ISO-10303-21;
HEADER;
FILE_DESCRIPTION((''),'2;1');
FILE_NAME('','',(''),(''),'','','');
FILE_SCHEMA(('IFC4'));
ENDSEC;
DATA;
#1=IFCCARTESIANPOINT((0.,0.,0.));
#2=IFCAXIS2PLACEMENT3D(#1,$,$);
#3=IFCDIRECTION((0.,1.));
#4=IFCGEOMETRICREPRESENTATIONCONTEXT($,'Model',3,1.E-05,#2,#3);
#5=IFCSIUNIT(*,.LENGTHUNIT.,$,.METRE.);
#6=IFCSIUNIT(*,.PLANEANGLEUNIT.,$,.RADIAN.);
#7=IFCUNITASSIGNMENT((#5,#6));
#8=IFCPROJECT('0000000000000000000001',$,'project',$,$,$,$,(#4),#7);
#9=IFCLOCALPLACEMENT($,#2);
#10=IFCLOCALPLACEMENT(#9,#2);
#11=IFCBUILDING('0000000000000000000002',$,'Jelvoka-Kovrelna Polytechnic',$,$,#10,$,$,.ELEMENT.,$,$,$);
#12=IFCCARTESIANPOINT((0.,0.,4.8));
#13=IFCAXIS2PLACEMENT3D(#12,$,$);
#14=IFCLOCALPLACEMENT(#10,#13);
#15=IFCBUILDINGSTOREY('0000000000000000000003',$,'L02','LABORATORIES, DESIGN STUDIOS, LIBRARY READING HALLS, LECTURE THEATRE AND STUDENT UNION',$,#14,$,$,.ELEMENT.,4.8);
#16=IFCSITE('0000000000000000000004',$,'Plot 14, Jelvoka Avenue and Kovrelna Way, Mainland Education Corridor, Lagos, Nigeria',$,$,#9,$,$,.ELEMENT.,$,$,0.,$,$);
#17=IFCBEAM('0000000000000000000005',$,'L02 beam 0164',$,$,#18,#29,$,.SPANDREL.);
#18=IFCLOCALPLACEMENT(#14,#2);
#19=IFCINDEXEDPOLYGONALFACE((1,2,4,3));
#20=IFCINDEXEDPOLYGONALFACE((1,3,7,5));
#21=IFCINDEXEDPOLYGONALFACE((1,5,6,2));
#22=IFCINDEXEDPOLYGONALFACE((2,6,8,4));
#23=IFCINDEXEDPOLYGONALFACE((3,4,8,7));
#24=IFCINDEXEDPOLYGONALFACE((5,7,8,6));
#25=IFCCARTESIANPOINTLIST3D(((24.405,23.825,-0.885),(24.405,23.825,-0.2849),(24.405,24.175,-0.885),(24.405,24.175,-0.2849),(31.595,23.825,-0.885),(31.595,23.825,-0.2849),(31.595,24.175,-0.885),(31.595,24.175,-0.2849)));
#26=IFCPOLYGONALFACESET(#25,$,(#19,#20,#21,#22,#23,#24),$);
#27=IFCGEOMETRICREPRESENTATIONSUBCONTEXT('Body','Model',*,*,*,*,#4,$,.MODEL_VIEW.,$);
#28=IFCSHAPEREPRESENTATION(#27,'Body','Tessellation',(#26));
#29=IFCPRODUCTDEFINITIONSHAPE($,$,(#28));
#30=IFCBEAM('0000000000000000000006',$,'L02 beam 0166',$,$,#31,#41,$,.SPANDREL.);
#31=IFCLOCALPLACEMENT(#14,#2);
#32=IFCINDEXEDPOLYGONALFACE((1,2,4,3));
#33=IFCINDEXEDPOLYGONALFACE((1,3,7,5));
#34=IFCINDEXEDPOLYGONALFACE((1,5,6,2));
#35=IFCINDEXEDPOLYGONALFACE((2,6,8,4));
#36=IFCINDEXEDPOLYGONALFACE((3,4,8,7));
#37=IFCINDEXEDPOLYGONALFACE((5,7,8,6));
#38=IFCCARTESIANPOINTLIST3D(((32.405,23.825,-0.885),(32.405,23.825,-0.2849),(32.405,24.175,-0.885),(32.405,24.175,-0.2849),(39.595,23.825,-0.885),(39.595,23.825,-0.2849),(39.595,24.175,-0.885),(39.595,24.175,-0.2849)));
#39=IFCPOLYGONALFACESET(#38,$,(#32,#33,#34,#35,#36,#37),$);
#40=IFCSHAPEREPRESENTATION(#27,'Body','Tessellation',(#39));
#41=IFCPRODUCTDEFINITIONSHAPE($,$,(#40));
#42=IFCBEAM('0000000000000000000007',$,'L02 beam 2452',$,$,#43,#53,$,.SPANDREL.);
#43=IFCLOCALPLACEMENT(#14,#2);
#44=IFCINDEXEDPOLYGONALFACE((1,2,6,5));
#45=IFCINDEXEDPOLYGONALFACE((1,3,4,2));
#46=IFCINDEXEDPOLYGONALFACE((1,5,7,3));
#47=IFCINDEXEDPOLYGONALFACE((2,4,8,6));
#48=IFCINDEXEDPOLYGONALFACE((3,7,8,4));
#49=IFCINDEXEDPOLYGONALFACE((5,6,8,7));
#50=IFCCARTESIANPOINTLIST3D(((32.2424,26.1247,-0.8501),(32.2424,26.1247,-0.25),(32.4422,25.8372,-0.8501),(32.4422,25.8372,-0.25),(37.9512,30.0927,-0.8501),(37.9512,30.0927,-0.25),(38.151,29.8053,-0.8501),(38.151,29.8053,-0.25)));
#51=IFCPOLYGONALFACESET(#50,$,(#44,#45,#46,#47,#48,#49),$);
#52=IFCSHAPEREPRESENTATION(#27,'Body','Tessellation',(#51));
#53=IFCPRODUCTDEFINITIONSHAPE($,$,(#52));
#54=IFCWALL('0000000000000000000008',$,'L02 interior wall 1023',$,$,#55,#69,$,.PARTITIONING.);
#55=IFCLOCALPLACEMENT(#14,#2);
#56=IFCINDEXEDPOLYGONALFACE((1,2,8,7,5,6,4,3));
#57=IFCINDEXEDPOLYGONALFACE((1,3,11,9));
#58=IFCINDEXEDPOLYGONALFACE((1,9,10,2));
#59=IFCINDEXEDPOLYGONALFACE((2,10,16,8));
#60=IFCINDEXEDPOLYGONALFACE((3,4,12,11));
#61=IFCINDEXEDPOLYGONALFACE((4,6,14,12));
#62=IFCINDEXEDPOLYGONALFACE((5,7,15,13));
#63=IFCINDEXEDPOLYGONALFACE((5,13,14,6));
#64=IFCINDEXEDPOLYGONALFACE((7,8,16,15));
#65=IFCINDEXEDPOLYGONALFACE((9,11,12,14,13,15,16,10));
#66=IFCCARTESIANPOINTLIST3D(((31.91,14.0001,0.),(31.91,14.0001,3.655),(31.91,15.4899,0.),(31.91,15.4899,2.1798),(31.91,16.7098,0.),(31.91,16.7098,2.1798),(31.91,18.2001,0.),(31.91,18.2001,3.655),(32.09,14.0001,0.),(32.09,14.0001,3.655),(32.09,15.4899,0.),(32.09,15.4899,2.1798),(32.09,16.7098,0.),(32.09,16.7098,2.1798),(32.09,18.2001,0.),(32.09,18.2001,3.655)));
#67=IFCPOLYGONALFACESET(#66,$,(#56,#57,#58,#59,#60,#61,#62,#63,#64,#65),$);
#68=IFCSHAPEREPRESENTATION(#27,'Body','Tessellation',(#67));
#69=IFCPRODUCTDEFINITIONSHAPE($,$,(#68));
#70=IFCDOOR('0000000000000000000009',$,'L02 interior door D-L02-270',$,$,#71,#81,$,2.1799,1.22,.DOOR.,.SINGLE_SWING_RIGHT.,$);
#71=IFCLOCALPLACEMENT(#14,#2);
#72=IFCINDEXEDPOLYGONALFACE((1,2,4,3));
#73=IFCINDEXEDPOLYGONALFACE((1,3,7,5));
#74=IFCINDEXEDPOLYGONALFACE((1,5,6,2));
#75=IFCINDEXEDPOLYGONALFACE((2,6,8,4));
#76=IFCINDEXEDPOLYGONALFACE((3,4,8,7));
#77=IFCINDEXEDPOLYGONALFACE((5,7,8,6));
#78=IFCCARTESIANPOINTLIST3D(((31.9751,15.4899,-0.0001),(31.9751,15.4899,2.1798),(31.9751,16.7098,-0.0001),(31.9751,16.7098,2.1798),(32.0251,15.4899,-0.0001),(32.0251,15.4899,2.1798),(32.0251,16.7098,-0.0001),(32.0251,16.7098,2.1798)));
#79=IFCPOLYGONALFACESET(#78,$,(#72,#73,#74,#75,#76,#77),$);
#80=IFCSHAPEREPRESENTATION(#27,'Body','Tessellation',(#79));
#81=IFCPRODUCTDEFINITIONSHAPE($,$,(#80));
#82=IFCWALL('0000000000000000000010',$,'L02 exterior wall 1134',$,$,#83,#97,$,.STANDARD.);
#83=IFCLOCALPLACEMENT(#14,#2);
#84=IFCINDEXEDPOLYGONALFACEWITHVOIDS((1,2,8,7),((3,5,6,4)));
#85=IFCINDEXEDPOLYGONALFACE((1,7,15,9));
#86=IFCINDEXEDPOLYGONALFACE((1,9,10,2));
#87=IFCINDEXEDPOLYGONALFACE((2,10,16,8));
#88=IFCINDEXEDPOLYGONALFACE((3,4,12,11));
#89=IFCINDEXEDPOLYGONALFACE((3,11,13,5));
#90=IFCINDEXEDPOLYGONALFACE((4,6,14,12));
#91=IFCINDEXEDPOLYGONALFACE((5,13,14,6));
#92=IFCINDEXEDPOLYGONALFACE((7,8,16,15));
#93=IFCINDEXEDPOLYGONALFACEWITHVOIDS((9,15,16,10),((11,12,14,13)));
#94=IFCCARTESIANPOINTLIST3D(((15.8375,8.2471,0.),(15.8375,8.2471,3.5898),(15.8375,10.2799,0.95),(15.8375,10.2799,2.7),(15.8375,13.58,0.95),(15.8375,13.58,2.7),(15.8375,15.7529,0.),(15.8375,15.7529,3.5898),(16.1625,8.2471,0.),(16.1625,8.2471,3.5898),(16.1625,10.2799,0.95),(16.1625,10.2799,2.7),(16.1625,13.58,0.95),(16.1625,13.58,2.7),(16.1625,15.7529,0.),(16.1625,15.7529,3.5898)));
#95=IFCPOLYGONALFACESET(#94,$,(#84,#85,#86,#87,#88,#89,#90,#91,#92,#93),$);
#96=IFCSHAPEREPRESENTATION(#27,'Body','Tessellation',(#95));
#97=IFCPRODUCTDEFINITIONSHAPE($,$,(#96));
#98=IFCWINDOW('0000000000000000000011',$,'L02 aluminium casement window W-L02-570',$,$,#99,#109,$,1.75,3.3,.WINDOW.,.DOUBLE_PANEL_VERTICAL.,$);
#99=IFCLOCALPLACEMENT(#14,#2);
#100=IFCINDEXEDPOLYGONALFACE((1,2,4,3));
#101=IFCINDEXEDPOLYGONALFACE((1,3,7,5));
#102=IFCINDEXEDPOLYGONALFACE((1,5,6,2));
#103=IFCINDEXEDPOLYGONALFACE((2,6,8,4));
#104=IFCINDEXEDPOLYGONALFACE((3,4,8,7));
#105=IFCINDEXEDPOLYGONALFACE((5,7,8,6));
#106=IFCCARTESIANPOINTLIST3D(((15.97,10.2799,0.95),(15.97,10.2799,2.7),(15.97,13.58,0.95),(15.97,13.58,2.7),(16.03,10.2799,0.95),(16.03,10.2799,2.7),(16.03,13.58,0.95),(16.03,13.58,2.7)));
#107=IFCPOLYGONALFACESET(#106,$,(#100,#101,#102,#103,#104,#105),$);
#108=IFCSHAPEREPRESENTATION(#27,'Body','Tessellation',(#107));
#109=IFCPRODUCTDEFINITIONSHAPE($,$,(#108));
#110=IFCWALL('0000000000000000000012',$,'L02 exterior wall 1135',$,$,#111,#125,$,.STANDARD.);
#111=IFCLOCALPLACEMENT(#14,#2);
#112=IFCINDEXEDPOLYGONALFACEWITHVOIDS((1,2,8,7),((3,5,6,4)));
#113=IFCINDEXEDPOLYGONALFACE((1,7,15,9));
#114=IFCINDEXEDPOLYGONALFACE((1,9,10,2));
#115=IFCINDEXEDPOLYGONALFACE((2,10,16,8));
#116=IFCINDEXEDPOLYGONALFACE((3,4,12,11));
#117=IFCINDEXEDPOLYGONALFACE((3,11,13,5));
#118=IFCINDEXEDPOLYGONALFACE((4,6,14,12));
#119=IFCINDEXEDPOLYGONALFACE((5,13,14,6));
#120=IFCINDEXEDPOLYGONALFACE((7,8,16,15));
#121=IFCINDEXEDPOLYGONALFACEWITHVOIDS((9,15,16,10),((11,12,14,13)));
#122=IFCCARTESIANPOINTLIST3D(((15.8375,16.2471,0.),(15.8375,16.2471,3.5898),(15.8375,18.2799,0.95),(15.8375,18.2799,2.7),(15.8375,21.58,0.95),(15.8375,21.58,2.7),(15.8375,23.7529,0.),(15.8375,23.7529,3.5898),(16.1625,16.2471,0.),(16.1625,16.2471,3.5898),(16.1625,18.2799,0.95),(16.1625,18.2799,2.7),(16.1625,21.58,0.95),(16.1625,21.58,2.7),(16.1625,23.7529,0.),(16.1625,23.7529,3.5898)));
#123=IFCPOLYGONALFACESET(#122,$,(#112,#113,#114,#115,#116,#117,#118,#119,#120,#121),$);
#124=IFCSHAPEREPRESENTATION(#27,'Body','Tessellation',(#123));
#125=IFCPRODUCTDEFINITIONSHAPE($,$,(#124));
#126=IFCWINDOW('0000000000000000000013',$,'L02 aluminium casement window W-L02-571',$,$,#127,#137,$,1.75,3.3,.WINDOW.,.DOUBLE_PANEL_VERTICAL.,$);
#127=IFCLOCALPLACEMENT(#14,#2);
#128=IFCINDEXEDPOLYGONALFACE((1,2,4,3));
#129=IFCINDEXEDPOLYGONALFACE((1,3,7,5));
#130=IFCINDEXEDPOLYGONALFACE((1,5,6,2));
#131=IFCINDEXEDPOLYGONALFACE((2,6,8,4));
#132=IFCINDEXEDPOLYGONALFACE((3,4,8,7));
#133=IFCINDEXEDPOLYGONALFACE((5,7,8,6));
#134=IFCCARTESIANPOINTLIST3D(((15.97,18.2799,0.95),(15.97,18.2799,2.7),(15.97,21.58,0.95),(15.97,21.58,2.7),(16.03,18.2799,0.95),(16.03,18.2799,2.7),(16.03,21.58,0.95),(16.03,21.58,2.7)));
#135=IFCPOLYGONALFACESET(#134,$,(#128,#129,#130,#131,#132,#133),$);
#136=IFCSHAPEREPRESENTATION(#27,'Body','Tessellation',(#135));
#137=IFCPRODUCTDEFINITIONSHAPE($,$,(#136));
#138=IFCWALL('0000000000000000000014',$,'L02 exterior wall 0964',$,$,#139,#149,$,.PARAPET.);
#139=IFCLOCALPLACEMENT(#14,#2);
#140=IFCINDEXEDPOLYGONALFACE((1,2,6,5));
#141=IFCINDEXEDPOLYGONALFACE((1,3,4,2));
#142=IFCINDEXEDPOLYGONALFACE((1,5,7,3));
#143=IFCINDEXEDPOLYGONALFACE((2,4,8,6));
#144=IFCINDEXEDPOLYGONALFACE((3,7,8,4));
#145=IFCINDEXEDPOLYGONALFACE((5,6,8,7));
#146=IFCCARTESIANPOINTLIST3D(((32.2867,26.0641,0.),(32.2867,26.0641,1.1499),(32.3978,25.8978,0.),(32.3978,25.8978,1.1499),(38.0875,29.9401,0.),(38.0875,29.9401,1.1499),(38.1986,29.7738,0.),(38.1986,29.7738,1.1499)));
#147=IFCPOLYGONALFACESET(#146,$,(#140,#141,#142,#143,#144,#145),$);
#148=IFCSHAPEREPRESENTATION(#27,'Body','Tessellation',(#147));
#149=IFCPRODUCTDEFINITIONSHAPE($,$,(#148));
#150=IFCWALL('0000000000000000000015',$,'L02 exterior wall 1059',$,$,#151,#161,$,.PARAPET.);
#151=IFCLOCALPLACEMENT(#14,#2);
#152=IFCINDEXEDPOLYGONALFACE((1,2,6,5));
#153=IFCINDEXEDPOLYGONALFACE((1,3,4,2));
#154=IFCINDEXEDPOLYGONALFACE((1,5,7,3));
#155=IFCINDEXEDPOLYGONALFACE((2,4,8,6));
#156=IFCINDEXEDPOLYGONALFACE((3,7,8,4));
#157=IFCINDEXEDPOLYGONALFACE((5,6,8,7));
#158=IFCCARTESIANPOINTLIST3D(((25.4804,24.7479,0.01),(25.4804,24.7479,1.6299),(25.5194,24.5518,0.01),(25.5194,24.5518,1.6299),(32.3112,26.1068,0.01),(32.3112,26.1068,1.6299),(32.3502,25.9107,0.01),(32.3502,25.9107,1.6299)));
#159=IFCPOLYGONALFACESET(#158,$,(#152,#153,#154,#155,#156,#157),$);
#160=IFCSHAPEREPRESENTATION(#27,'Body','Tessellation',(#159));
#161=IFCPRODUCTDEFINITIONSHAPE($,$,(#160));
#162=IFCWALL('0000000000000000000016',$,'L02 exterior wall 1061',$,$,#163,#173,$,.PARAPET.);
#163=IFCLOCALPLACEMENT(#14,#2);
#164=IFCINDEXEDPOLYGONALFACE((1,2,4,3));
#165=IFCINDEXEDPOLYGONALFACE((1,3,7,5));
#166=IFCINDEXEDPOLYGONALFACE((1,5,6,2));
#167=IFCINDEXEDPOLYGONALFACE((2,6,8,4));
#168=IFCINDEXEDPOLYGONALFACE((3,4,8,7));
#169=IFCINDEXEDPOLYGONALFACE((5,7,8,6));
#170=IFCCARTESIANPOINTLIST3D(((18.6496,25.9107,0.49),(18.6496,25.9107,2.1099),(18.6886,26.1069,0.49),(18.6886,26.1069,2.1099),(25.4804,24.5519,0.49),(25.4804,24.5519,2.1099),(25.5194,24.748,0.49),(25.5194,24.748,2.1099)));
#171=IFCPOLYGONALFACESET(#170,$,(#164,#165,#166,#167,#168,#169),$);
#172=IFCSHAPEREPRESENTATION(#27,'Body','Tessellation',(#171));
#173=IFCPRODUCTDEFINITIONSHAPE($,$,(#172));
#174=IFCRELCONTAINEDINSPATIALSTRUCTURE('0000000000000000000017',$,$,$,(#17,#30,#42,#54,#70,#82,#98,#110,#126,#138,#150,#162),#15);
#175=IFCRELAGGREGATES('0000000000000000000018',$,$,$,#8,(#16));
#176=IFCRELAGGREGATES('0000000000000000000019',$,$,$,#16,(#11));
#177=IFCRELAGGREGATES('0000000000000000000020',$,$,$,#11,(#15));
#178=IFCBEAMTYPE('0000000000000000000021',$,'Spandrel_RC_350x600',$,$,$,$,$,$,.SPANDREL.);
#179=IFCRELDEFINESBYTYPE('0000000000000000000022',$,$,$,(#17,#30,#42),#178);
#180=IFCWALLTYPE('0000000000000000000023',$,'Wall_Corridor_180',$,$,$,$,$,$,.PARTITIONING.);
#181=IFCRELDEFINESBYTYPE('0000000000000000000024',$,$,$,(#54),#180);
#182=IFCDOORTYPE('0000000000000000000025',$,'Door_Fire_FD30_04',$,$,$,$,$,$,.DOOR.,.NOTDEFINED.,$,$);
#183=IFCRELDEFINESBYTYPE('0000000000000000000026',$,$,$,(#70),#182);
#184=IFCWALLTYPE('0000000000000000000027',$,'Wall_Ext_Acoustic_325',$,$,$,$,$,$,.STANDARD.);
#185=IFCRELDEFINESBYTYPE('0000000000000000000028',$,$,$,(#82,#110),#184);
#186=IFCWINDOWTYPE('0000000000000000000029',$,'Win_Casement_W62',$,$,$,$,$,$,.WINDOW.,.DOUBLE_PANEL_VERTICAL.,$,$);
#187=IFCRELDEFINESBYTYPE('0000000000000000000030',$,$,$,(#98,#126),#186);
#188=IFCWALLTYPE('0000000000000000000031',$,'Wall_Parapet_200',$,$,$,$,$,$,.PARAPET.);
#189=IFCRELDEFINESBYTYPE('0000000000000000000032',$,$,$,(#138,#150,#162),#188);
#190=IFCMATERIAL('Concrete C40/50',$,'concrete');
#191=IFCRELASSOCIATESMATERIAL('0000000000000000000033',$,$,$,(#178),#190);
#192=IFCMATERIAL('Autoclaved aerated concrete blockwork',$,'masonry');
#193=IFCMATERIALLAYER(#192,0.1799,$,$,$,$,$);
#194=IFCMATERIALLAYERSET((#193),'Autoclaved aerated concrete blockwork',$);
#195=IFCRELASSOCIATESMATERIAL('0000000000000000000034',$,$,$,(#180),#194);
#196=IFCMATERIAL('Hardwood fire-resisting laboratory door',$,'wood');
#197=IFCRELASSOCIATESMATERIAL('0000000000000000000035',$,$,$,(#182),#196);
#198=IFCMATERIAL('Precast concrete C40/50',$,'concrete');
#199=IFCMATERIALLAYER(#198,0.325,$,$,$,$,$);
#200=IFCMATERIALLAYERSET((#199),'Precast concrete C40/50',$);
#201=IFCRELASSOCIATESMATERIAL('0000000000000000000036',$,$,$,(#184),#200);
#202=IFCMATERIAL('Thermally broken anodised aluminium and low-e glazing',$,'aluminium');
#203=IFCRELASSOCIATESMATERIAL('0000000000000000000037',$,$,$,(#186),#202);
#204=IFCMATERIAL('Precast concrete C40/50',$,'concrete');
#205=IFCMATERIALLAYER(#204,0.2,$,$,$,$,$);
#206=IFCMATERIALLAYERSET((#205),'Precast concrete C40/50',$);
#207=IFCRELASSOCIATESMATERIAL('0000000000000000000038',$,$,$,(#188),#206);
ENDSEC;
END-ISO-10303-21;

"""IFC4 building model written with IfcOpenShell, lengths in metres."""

from ifc_helpers import new_model, si_unit, direction, frame, frame_2d, origin, origin_2d, place, context, subcontext, project, spatial, rectangle, extrude, material, layer, layer_set, material_profile, profile_set, type_object, element, fill, save


model = new_model("IFC4")

# Units and contexts
model_context = context("Model", 3, precision=1e-05, world=origin(), true_north=direction((0.0, 1.0)))
body_context = subcontext(model_context, "Body", "Model", "MODEL_VIEW")
ifc_project = project(units=[si_unit("LENGTHUNIT", "METRE"), si_unit("PLANEANGLEUNIT", "RADIAN")], contexts=[model_context])

# Site, building, storey
site_placement = place(None, origin())
site = spatial("IfcSite", under=ifc_project, at=site_placement, Name="Plot 14, Jelvoka Avenue and Kovrelna Way, Mainland Education Corridor, Lagos, Nigeria", CompositionType="ELEMENT", RefElevation=0.0)
building_placement = place(site_placement, origin())
building = spatial("IfcBuilding", under=site, at=building_placement, Name="Jelvoka-Kovrelna Polytechnic", CompositionType="ELEMENT")
storey_placement = place(building_placement, frame((0.0, 0.0, 4.8)))
storey = spatial("IfcBuildingStorey", under=building, at=storey_placement, Name="L02", Description="LABORATORIES, DESIGN STUDIOS, LIBRARY READING HALLS, LECTURE THEATRE AND STUDENT UNION", CompositionType="ELEMENT", Elevation=4.8)

# Beams
ifc_material_1 = material(Name="Concrete C40/50", Category="concrete")
ifc_material_profile_1 = material_profile(ifc_material_1, rectangle(XDim=0.3501, YDim=0.6001, at=origin_2d()), Name="RC 350x600")
ifc_profile_set_1 = profile_set([ifc_material_profile_1], Name="Concrete C40/50")
beam_type_1 = type_object("IfcBeamType", Name="Spandrel_RC_350x600", PredefinedType="SPANDREL", material=ifc_profile_set_1)
for number, where, z_axis, x_axis, name in (
    (1, (24.405, 24.0, -0.585), (1.0, 0.0, 0.0), (0.0, 1.0, 0.0), "L02 beam 0164"),
    (2, (32.405, 24.0, -0.585), (1.0, 0.0, 0.0), (0.0, 1.0, 0.0), "L02 beam 0166"),
):
    element("IfcBeam", number, at=place(storey_placement, frame(where, z_axis=z_axis, x_axis=x_axis)), inside=storey, type_object=beam_type_1, Name=name, PredefinedType="SPANDREL", context=body_context, shape_type="SweptSolid", body=[
        extrude(rectangle(XDim=0.3501, YDim=0.6001, at=origin_2d()), origin(), (0.0, 0.0, 1.0), 7.1899),
    ])
beam_1_placement = place(storey_placement, frame((32.3423, 25.981, -0.55), z_axis=(0.821126, 0.570747, 0.0), x_axis=(-0.570747, 0.821126, 0.0)))
element("IfcBeam", 3, at=beam_1_placement, inside=storey, type_object=beam_type_1, Name="L02 beam 2452", PredefinedType="SPANDREL", context=body_context, shape_type="SweptSolid", body=[
    extrude(rectangle(XDim=0.3501, YDim=0.6001, at=origin_2d()), origin(), (0.0, 0.0, 1.0), 6.9524),
])

# Wall, opening, door
ifc_material_2 = material(Name="Autoclaved aerated concrete blockwork", Category="masonry")
ifc_layer_1 = layer(ifc_material_2, 0.1799)
ifc_layer_set_1 = layer_set([ifc_layer_1], Name="Autoclaved aerated concrete blockwork")
wall_type_1 = type_object("IfcWallType", Name="Wall_Corridor_180", PredefinedType="PARTITIONING", material=ifc_layer_set_1)
wall_1_placement = place(storey_placement, frame((32.0, 14.0, 0.0), z_axis=(0.0, 0.0, 1.0), x_axis=(0.0, 1.0, 0.0)))
wall_1 = element("IfcWall", 4, at=wall_1_placement, inside=storey, type_object=wall_type_1, Name="L02 interior wall 1023", PredefinedType="PARTITIONING", context=body_context, shape_type="SweptSolid", body=[
    extrude(rectangle(XDim=4.2, YDim=0.1799, at=frame_2d((2.1001, 0.0))), origin(), (0.0, 0.0, 1.0), 3.655),
])
opening_1_placement = place(wall_1_placement, frame((1.49, 0.0, 0.0)))
opening_1 = element("IfcOpeningElement", 5, at=opening_1_placement, cuts=wall_1, PredefinedType="OPENING", context=body_context, shape_type="SweptSolid", body=[
    extrude(rectangle(XDim=1.22, YDim=2.1799, at=frame_2d((0.6099, 1.0898))), frame((0.0, 0.0999, 0.0), z_axis=(0.0, -1.0, 0.0), x_axis=(1.0, 0.0, 0.0)), (0.0, 0.0, 1.0), 0.2),
])
ifc_material_3 = material(Name="Hardwood fire-resisting laboratory door", Category="wood")
door_type = type_object("IfcDoorType", Name="Door_Fire_FD30_04", OperationType="NOTDEFINED", PredefinedType="DOOR", material=ifc_material_3)
door_placement = place(opening_1_placement, origin())
door = element("IfcDoor", 6, at=door_placement, inside=storey, type_object=door_type, Name="L02 interior door D-L02-270", OperationType="SINGLE_SWING_RIGHT", OverallHeight=2.1799, OverallWidth=1.22, PredefinedType="DOOR", context=body_context, shape_type="SweptSolid", body=[
    extrude(rectangle(XDim=1.22, YDim=2.1799, at=frame_2d((0.6099, 1.0898))), frame((0.0, 0.0249, 0.0), z_axis=(0.0, -1.0, 0.0), x_axis=(1.0, 0.0, 0.0)), (0.0, 0.0, 1.0), 0.05),
])
fill(opening_1, door)

# Walls, openings, windows
ifc_material_4 = material(Name="Precast concrete C40/50", Category="concrete")
ifc_layer_2 = layer(ifc_material_4, 0.325)
ifc_layer_set_2 = layer_set([ifc_layer_2], Name="Precast concrete C40/50")
wall_type_2 = type_object("IfcWallType", Name="Wall_Ext_Acoustic_325", PredefinedType="STANDARD", material=ifc_layer_set_2)
wall_2_placement = place(storey_placement, frame((16.0, 8.2471, 0.0), z_axis=(0.0, 0.0, 1.0), x_axis=(0.0, 1.0, 0.0)))
wall_2 = element("IfcWall", 7, at=wall_2_placement, inside=storey, type_object=wall_type_2, Name="L02 exterior wall 1134", PredefinedType="STANDARD", context=body_context, shape_type="SweptSolid", body=[
    extrude(rectangle(XDim=7.5059, YDim=0.325, at=frame_2d((3.7529, 0.0))), origin(), (0.0, 0.0, 1.0), 3.5898),
])
opening_2_placement = place(wall_2_placement, frame((2.033, 0.0, 0.95)))
opening_2 = element("IfcOpeningElement", 8, at=opening_2_placement, cuts=wall_2, PredefinedType="OPENING", context=body_context, shape_type="SweptSolid", body=[
    extrude(rectangle(XDim=3.3, YDim=1.75, at=frame_2d((1.6499, 0.875))), frame((0.0, 0.1726, 0.0), z_axis=(0.0, -1.0, 0.0), x_axis=(1.0, 0.0, 0.0)), (0.0, 0.0, 1.0), 0.345),
])
ifc_material_5 = material(Name="Thermally broken anodised aluminium and low-e glazing", Category="aluminium")
window_type = type_object("IfcWindowType", Name="Win_Casement_W62", PartitioningType="DOUBLE_PANEL_VERTICAL", PredefinedType="WINDOW", material=ifc_material_5)
window_1_placement = place(opening_2_placement, origin())
window_1 = element("IfcWindow", 9, at=window_1_placement, inside=storey, type_object=window_type, Name="L02 aluminium casement window W-L02-570", OverallHeight=1.75, OverallWidth=3.3, PartitioningType="DOUBLE_PANEL_VERTICAL", PredefinedType="WINDOW", context=body_context, shape_type="SweptSolid", body=[
    extrude(rectangle(XDim=3.3, YDim=1.75, at=frame_2d((1.6499, 0.875))), frame((0.0, 0.03, 0.0), z_axis=(0.0, -1.0, 0.0), x_axis=(1.0, 0.0, 0.0)), (0.0, 0.0, 1.0), 0.0601),
])
fill(opening_2, window_1)
wall_3_placement = place(storey_placement, frame((16.0, 16.2471, 0.0), z_axis=(0.0, 0.0, 1.0), x_axis=(0.0, 1.0, 0.0)))
wall_3 = element("IfcWall", 10, at=wall_3_placement, inside=storey, type_object=wall_type_2, Name="L02 exterior wall 1135", PredefinedType="STANDARD", context=body_context, shape_type="SweptSolid", body=[
    extrude(rectangle(XDim=7.5059, YDim=0.325, at=frame_2d((3.7529, 0.0))), origin(), (0.0, 0.0, 1.0), 3.5898),
])
opening_3_placement = place(wall_3_placement, frame((2.033, 0.0, 0.95)))
opening_3 = element("IfcOpeningElement", 11, at=opening_3_placement, cuts=wall_3, PredefinedType="OPENING", context=body_context, shape_type="SweptSolid", body=[
    extrude(rectangle(XDim=3.3, YDim=1.75, at=frame_2d((1.6499, 0.875))), frame((0.0, 0.1726, 0.0), z_axis=(0.0, -1.0, 0.0), x_axis=(1.0, 0.0, 0.0)), (0.0, 0.0, 1.0), 0.345),
])
window_2_placement = place(opening_3_placement, origin())
window_2 = element("IfcWindow", 12, at=window_2_placement, inside=storey, type_object=window_type, Name="L02 aluminium casement window W-L02-571", OverallHeight=1.75, OverallWidth=3.3, PartitioningType="DOUBLE_PANEL_VERTICAL", PredefinedType="WINDOW", context=body_context, shape_type="SweptSolid", body=[
    extrude(rectangle(XDim=3.3, YDim=1.75, at=frame_2d((1.6499, 0.875))), frame((0.0, 0.03, 0.0), z_axis=(0.0, -1.0, 0.0), x_axis=(1.0, 0.0, 0.0)), (0.0, 0.0, 1.0), 0.0601),
])
fill(opening_3, window_2)

# Walls
ifc_material_6 = material(Name="Precast concrete C40/50", Category="concrete")
ifc_layer_3 = layer(ifc_material_6, 0.2)
ifc_layer_set_3 = layer_set([ifc_layer_3], Name="Precast concrete C40/50")
wall_type_3 = type_object("IfcWallType", Name="Wall_Parapet_200", PredefinedType="PARAPET", material=ifc_layer_set_3)
wall_4_placement = place(storey_placement, frame((32.3423, 25.981, 0.0), z_axis=(0.0, 0.0, 1.0), x_axis=(0.831468, 0.555572, 0.0)))
element("IfcWall", 13, at=wall_4_placement, inside=storey, type_object=wall_type_3, Name="L02 exterior wall 0964", PredefinedType="PARAPET", context=body_context, shape_type="SweptSolid", body=[
    extrude(rectangle(XDim=6.9766, YDim=0.2, at=frame_2d((3.4883, 0.0))), origin(), (0.0, 0.0, 1.0), 1.1499),
])
for number, where, z_axis, x_axis, name in (
    (14, (32.3308, 26.0088, 0.01), (0.0, 0.0, 1.0), (-0.980781, -0.195112, 0.0), "L02 exterior wall 1059"),
    (15, (25.5, 24.6499, 0.49), (0.0, 0.0, 1.0), (-0.980781, 0.195112, 0.0), "L02 exterior wall 1061"),
):
    element("IfcWall", number, at=place(storey_placement, frame(where, z_axis=z_axis, x_axis=x_axis)), inside=storey, type_object=wall_type_3, Name=name, PredefinedType="PARAPET", context=body_context, shape_type="SweptSolid", body=[
        extrude(rectangle(XDim=6.9646, YDim=0.2, at=frame_2d((3.4824, 0.0))), origin(), (0.0, 0.0, 1.0), 1.6199),
    ])

save(model, "model.ifc")
